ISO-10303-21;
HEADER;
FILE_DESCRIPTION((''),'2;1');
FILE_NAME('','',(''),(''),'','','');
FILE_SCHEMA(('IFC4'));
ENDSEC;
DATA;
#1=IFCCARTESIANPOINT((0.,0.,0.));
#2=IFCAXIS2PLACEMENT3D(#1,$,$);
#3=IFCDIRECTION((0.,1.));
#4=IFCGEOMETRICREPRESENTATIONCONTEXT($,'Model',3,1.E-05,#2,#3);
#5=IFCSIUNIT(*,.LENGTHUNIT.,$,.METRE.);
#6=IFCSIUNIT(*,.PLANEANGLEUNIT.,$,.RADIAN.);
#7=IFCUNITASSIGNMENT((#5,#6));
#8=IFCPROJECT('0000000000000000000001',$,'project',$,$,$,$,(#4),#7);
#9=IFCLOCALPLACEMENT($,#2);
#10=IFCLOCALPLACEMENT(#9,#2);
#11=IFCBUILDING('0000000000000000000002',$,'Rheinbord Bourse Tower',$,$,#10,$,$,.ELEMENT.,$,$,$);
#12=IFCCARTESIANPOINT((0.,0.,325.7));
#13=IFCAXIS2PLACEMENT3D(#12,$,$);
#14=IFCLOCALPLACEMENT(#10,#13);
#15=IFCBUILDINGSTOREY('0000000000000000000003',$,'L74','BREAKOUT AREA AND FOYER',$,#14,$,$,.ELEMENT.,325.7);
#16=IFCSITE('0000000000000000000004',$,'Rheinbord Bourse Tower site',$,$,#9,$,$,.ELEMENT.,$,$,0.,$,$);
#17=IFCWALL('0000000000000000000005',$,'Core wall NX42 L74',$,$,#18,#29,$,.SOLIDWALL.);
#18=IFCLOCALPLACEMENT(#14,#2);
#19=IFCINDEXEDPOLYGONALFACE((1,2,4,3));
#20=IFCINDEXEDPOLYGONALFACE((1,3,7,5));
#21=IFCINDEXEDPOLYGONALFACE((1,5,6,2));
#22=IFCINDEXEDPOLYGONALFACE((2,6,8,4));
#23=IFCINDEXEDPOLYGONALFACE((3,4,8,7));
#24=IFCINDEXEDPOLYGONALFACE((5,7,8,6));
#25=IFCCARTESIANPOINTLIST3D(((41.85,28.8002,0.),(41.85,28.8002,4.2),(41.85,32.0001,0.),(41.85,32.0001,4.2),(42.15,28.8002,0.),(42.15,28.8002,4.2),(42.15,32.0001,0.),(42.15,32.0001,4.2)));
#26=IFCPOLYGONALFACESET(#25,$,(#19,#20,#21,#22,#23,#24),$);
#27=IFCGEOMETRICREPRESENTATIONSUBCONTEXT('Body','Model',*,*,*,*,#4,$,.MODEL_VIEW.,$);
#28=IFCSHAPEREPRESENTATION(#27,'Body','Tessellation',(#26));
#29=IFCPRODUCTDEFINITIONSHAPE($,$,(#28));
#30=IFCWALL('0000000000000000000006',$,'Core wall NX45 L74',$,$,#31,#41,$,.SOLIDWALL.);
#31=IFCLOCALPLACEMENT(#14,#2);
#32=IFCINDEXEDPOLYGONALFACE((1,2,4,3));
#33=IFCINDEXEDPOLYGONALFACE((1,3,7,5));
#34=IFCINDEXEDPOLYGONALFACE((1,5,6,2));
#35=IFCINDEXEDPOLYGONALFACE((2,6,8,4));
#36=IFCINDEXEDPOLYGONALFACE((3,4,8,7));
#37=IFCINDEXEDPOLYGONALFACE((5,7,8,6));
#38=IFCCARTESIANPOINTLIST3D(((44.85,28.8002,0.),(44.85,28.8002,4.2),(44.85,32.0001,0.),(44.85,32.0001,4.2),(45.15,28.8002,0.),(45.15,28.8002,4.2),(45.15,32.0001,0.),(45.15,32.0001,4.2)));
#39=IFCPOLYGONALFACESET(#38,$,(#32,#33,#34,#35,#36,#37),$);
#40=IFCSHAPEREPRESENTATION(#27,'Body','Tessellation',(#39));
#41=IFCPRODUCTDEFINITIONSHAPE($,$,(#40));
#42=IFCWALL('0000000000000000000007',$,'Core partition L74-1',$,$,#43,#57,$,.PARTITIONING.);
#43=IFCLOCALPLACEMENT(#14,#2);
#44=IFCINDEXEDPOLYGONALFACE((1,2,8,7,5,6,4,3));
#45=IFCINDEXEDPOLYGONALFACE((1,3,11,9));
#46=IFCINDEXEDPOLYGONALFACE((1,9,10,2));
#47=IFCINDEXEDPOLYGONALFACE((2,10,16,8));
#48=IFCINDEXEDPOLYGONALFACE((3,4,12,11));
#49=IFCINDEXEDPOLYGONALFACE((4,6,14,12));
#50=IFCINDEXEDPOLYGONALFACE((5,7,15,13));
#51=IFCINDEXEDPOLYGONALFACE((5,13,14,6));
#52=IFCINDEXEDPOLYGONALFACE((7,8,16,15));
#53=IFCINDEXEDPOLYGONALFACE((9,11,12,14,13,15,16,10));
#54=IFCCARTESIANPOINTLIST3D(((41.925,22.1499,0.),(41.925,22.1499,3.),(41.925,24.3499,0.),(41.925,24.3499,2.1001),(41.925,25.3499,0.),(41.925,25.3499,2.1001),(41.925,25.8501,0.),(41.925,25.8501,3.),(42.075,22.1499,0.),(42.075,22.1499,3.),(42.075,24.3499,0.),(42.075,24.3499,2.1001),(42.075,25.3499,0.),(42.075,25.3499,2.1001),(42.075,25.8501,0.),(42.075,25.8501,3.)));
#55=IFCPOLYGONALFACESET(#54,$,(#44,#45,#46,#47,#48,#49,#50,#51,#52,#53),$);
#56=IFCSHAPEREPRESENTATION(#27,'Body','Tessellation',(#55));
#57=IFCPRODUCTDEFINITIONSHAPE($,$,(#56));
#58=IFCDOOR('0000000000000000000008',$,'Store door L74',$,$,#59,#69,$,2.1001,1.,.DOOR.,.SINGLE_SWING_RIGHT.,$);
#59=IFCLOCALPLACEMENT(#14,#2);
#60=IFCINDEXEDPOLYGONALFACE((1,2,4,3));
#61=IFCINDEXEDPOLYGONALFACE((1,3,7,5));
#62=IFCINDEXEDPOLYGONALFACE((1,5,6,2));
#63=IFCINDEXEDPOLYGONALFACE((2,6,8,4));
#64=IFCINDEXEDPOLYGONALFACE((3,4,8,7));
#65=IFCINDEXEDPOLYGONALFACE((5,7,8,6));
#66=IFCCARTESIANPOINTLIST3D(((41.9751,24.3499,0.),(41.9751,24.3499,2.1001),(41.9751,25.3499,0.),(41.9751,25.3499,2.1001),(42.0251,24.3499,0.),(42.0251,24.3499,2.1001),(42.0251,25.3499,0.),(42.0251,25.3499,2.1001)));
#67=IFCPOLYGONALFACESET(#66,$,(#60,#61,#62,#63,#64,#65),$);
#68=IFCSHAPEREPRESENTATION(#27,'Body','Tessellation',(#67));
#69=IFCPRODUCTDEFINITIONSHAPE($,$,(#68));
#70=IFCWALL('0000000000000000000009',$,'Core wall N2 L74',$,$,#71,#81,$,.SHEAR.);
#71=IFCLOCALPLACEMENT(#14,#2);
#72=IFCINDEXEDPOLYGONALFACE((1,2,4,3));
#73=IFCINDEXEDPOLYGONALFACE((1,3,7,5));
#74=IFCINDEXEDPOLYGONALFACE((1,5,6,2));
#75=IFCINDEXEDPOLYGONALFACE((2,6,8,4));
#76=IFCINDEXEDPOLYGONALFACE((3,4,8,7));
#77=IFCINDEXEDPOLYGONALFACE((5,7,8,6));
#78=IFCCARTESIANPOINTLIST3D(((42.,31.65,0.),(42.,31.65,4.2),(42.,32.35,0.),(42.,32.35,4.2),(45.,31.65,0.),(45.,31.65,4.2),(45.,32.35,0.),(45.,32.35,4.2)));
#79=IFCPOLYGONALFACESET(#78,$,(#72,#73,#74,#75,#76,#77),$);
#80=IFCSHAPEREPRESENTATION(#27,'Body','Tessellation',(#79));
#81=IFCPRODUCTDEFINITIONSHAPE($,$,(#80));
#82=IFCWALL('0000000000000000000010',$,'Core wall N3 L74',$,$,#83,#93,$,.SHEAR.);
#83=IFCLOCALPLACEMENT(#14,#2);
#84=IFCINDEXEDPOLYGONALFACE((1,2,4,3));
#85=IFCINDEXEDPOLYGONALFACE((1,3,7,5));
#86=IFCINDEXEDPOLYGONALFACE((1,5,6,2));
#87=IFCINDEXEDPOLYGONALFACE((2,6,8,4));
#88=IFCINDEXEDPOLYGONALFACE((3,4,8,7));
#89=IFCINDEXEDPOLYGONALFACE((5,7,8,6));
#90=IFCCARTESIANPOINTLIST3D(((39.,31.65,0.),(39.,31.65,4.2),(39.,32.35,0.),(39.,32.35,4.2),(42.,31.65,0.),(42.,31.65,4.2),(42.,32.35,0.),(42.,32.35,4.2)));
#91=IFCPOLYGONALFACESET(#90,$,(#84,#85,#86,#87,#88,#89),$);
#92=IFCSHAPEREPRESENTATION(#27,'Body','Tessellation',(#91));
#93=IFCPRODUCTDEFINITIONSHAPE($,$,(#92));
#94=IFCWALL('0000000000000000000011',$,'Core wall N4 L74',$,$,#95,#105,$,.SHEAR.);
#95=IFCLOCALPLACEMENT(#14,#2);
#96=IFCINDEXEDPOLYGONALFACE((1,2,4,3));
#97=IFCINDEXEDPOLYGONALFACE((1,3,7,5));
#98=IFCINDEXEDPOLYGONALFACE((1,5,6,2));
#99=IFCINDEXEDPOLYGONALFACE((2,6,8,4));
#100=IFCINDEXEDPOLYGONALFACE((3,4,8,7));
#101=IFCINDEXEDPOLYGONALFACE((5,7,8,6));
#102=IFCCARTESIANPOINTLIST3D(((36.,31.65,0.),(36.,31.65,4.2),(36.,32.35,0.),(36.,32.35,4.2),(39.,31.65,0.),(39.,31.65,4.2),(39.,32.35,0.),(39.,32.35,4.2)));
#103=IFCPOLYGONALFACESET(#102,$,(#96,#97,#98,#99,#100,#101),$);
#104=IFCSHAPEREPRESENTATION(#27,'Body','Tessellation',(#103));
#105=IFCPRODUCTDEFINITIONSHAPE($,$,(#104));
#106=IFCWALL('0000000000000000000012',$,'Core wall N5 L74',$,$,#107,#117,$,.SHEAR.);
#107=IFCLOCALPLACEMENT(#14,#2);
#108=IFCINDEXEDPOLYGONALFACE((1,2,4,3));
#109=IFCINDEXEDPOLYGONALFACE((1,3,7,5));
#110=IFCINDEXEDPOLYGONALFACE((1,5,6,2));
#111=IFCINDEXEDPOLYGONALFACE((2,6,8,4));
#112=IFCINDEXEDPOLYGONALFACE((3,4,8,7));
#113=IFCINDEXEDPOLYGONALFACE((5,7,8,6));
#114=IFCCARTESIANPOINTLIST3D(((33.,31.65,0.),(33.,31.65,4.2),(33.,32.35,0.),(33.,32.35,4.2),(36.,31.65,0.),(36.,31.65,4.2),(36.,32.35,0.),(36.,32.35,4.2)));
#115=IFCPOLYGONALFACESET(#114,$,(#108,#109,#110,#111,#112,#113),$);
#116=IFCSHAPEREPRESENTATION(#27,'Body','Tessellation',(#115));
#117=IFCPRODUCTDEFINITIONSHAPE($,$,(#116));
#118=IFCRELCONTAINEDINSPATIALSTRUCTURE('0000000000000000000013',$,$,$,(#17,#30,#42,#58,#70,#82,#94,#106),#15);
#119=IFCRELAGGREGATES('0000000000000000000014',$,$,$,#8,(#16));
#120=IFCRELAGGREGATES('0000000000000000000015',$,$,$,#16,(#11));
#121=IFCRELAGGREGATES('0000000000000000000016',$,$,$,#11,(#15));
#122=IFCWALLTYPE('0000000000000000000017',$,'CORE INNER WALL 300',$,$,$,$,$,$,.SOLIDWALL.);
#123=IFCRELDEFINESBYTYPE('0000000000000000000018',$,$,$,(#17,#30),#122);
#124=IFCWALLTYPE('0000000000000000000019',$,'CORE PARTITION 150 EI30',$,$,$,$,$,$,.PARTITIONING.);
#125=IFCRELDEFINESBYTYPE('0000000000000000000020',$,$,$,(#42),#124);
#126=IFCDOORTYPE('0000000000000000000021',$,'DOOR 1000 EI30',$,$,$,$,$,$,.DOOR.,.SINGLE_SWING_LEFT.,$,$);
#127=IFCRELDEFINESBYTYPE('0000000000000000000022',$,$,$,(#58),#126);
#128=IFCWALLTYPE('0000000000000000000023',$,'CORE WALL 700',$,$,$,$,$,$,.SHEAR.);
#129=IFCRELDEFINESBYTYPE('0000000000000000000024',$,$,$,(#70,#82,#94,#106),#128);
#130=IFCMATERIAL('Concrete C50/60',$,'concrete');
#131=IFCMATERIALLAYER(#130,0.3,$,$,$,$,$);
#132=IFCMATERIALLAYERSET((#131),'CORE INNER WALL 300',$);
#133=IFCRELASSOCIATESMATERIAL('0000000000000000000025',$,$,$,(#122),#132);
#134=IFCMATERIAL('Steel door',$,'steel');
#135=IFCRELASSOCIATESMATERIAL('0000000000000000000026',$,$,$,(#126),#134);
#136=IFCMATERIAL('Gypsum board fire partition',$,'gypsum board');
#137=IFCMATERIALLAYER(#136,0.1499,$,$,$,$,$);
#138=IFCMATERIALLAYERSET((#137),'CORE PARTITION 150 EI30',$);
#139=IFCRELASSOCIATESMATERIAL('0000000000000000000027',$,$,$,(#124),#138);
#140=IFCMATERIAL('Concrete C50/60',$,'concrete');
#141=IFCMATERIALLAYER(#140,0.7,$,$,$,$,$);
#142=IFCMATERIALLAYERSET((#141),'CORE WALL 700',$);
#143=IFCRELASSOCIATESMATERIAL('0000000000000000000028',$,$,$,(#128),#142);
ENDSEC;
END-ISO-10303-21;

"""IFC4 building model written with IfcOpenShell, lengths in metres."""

from ifc_helpers import new_model, si_unit, direction, frame, frame_2d, origin, place, context, subcontext, project, spatial, rectangle, extrude, material, layer, layer_set, type_object, element, fill, save


model = new_model("IFC4")

# Units and contexts
model_context = context("Model", 3, precision=1e-05, world=origin(), true_north=direction((0.0, 1.0)))
body_context = subcontext(model_context, "Body", "Model", "MODEL_VIEW")
ifc_project = project(units=[si_unit("LENGTHUNIT", "METRE"), si_unit("PLANEANGLEUNIT", "RADIAN")], contexts=[model_context])

# Site, building, storey
site_placement = place(None, origin())
site = spatial("IfcSite", under=ifc_project, at=site_placement, Name="Rheinbord Bourse Tower site", CompositionType="ELEMENT", RefElevation=0.0)
building_placement = place(site_placement, origin())
building = spatial("IfcBuilding", under=site, at=building_placement, Name="Rheinbord Bourse Tower", CompositionType="ELEMENT")
storey_placement = place(building_placement, frame((0.0, 0.0, 325.7)))
storey = spatial("IfcBuildingStorey", under=building, at=storey_placement, Name="L74", Description="BREAKOUT AREA AND FOYER", CompositionType="ELEMENT", Elevation=325.7)

# Shared definitions
ifc_material_1 = material(Name="Concrete C50/60", Category="concrete")
ifc_layer_1 = layer(ifc_material_1, 0.3)
ifc_layer_set_1 = layer_set([ifc_layer_1], Name="CORE INNER WALL 300")
wall_type_1 = type_object("IfcWallType", Name="CORE INNER WALL 300", PredefinedType="SOLIDWALL", material=ifc_layer_set_1)
ifc_material_2 = material(Name="Steel door", Category="steel")
door_type_1 = type_object("IfcDoorType", Name="DOOR 1000 EI30", OperationType="SINGLE_SWING_LEFT", PredefinedType="DOOR", material=ifc_material_2)

# Walls
for number, where, z_axis, x_axis, name in (
    (1, (42.0, 28.8, 0.0), (0.0, 0.0, 1.0), (0.0, 1.0, 0.0), "Core wall NX42 L74"),
    (2, (45.0, 28.8, 0.0), (0.0, 0.0, 1.0), (0.0, 1.0, 0.0), "Core wall NX45 L74"),
):
    element("IfcWall", number, at=place(storey_placement, frame(where, z_axis=z_axis, x_axis=x_axis)), inside=storey, type_object=wall_type_1, Name=name, PredefinedType="SOLIDWALL", context=body_context, shape_type="SweptSolid", body=[
        extrude(rectangle(XDim=3.2, YDim=0.3, at=frame_2d((1.6001, 0.0))), origin(), (0.0, 0.0, 1.0), 4.2),
    ])

# Wall, opening, door
ifc_material_3 = material(Name="Gypsum board fire partition", Category="gypsum board")
ifc_layer_2 = layer(ifc_material_3, 0.1499)
ifc_layer_set_2 = layer_set([ifc_layer_2], Name="CORE PARTITION 150 EI30")
wall_type_2 = type_object("IfcWallType", Name="CORE PARTITION 150 EI30", PredefinedType="PARTITIONING", material=ifc_layer_set_2)
wall_1_placement = place(storey_placement, frame((42.0, 22.1499, 0.0), z_axis=(0.0, 0.0, 1.0), x_axis=(0.0, 1.0, 0.0)))
wall_1 = element("IfcWall", 3, at=wall_1_placement, inside=storey, type_object=wall_type_2, Name="Core partition L74-1", PredefinedType="PARTITIONING", context=body_context, shape_type="SweptSolid", body=[
    extrude(rectangle(XDim=3.7002, YDim=0.1499, at=frame_2d((1.8501, 0.0))), origin(), (0.0, 0.0, 1.0), 3.0),
])
opening_1_placement = place(wall_1_placement, frame((2.2, 0.0, 0.0)))
opening_1 = element("IfcOpeningElement", 4, at=opening_1_placement, cuts=wall_1, PredefinedType="OPENING", context=body_context, shape_type="SweptSolid", body=[
    extrude(rectangle(XDim=1.0, YDim=2.1001, at=frame_2d((0.5, 1.05))), frame((0.0, 0.085, 0.0), z_axis=(0.0, -1.0, 0.0), x_axis=(1.0, 0.0, 0.0)), (0.0, 0.0, 1.0), 0.1699),
])
door_1_placement = place(opening_1_placement, origin())
door_1 = element("IfcDoor", 5, at=door_1_placement, inside=storey, type_object=door_type_1, Name="Store door L74", OperationType="SINGLE_SWING_RIGHT", OverallHeight=2.1001, OverallWidth=1.0, PredefinedType="DOOR", context=body_context, shape_type="SweptSolid", body=[
    extrude(rectangle(XDim=1.0, YDim=2.1001, at=frame_2d((0.5, 1.05))), frame((0.0, 0.0249, 0.0), z_axis=(0.0, -1.0, 0.0), x_axis=(1.0, 0.0, 0.0)), (0.0, 0.0, 1.0), 0.05),
])
fill(opening_1, door_1)

# Walls
ifc_material_4 = material(Name="Concrete C50/60", Category="concrete")
ifc_layer_3 = layer(ifc_material_4, 0.7)
ifc_layer_set_3 = layer_set([ifc_layer_3], Name="CORE WALL 700")
wall_type_3 = type_object("IfcWallType", Name="CORE WALL 700", PredefinedType="SHEAR", material=ifc_layer_set_3)
for number, where, z_axis, x_axis, name in (
    (6, (45.0, 32.0, 0.0), (0.0, 0.0, 1.0), (-1.0, 0.0, 0.0), "Core wall N2 L74"),
    (7, (42.0, 32.0, 0.0), (0.0, 0.0, 1.0), (-1.0, 0.0, 0.0), "Core wall N3 L74"),
    (8, (39.0, 32.0, 0.0), (0.0, 0.0, 1.0), (-1.0, 0.0, 0.0), "Core wall N4 L74"),
    (9, (36.0, 32.0, 0.0), (0.0, 0.0, 1.0), (-1.0, 0.0, 0.0), "Core wall N5 L74"),
):
    element("IfcWall", number, at=place(storey_placement, frame(where, z_axis=z_axis, x_axis=x_axis)), inside=storey, type_object=wall_type_3, Name=name, PredefinedType="SHEAR", context=body_context, shape_type="SweptSolid", body=[
        extrude(rectangle(XDim=3.0, YDim=0.7, at=frame_2d((1.5, 0.0))), origin(), (0.0, 0.0, 1.0), 4.2),
    ])

save(model, "model.ifc")
